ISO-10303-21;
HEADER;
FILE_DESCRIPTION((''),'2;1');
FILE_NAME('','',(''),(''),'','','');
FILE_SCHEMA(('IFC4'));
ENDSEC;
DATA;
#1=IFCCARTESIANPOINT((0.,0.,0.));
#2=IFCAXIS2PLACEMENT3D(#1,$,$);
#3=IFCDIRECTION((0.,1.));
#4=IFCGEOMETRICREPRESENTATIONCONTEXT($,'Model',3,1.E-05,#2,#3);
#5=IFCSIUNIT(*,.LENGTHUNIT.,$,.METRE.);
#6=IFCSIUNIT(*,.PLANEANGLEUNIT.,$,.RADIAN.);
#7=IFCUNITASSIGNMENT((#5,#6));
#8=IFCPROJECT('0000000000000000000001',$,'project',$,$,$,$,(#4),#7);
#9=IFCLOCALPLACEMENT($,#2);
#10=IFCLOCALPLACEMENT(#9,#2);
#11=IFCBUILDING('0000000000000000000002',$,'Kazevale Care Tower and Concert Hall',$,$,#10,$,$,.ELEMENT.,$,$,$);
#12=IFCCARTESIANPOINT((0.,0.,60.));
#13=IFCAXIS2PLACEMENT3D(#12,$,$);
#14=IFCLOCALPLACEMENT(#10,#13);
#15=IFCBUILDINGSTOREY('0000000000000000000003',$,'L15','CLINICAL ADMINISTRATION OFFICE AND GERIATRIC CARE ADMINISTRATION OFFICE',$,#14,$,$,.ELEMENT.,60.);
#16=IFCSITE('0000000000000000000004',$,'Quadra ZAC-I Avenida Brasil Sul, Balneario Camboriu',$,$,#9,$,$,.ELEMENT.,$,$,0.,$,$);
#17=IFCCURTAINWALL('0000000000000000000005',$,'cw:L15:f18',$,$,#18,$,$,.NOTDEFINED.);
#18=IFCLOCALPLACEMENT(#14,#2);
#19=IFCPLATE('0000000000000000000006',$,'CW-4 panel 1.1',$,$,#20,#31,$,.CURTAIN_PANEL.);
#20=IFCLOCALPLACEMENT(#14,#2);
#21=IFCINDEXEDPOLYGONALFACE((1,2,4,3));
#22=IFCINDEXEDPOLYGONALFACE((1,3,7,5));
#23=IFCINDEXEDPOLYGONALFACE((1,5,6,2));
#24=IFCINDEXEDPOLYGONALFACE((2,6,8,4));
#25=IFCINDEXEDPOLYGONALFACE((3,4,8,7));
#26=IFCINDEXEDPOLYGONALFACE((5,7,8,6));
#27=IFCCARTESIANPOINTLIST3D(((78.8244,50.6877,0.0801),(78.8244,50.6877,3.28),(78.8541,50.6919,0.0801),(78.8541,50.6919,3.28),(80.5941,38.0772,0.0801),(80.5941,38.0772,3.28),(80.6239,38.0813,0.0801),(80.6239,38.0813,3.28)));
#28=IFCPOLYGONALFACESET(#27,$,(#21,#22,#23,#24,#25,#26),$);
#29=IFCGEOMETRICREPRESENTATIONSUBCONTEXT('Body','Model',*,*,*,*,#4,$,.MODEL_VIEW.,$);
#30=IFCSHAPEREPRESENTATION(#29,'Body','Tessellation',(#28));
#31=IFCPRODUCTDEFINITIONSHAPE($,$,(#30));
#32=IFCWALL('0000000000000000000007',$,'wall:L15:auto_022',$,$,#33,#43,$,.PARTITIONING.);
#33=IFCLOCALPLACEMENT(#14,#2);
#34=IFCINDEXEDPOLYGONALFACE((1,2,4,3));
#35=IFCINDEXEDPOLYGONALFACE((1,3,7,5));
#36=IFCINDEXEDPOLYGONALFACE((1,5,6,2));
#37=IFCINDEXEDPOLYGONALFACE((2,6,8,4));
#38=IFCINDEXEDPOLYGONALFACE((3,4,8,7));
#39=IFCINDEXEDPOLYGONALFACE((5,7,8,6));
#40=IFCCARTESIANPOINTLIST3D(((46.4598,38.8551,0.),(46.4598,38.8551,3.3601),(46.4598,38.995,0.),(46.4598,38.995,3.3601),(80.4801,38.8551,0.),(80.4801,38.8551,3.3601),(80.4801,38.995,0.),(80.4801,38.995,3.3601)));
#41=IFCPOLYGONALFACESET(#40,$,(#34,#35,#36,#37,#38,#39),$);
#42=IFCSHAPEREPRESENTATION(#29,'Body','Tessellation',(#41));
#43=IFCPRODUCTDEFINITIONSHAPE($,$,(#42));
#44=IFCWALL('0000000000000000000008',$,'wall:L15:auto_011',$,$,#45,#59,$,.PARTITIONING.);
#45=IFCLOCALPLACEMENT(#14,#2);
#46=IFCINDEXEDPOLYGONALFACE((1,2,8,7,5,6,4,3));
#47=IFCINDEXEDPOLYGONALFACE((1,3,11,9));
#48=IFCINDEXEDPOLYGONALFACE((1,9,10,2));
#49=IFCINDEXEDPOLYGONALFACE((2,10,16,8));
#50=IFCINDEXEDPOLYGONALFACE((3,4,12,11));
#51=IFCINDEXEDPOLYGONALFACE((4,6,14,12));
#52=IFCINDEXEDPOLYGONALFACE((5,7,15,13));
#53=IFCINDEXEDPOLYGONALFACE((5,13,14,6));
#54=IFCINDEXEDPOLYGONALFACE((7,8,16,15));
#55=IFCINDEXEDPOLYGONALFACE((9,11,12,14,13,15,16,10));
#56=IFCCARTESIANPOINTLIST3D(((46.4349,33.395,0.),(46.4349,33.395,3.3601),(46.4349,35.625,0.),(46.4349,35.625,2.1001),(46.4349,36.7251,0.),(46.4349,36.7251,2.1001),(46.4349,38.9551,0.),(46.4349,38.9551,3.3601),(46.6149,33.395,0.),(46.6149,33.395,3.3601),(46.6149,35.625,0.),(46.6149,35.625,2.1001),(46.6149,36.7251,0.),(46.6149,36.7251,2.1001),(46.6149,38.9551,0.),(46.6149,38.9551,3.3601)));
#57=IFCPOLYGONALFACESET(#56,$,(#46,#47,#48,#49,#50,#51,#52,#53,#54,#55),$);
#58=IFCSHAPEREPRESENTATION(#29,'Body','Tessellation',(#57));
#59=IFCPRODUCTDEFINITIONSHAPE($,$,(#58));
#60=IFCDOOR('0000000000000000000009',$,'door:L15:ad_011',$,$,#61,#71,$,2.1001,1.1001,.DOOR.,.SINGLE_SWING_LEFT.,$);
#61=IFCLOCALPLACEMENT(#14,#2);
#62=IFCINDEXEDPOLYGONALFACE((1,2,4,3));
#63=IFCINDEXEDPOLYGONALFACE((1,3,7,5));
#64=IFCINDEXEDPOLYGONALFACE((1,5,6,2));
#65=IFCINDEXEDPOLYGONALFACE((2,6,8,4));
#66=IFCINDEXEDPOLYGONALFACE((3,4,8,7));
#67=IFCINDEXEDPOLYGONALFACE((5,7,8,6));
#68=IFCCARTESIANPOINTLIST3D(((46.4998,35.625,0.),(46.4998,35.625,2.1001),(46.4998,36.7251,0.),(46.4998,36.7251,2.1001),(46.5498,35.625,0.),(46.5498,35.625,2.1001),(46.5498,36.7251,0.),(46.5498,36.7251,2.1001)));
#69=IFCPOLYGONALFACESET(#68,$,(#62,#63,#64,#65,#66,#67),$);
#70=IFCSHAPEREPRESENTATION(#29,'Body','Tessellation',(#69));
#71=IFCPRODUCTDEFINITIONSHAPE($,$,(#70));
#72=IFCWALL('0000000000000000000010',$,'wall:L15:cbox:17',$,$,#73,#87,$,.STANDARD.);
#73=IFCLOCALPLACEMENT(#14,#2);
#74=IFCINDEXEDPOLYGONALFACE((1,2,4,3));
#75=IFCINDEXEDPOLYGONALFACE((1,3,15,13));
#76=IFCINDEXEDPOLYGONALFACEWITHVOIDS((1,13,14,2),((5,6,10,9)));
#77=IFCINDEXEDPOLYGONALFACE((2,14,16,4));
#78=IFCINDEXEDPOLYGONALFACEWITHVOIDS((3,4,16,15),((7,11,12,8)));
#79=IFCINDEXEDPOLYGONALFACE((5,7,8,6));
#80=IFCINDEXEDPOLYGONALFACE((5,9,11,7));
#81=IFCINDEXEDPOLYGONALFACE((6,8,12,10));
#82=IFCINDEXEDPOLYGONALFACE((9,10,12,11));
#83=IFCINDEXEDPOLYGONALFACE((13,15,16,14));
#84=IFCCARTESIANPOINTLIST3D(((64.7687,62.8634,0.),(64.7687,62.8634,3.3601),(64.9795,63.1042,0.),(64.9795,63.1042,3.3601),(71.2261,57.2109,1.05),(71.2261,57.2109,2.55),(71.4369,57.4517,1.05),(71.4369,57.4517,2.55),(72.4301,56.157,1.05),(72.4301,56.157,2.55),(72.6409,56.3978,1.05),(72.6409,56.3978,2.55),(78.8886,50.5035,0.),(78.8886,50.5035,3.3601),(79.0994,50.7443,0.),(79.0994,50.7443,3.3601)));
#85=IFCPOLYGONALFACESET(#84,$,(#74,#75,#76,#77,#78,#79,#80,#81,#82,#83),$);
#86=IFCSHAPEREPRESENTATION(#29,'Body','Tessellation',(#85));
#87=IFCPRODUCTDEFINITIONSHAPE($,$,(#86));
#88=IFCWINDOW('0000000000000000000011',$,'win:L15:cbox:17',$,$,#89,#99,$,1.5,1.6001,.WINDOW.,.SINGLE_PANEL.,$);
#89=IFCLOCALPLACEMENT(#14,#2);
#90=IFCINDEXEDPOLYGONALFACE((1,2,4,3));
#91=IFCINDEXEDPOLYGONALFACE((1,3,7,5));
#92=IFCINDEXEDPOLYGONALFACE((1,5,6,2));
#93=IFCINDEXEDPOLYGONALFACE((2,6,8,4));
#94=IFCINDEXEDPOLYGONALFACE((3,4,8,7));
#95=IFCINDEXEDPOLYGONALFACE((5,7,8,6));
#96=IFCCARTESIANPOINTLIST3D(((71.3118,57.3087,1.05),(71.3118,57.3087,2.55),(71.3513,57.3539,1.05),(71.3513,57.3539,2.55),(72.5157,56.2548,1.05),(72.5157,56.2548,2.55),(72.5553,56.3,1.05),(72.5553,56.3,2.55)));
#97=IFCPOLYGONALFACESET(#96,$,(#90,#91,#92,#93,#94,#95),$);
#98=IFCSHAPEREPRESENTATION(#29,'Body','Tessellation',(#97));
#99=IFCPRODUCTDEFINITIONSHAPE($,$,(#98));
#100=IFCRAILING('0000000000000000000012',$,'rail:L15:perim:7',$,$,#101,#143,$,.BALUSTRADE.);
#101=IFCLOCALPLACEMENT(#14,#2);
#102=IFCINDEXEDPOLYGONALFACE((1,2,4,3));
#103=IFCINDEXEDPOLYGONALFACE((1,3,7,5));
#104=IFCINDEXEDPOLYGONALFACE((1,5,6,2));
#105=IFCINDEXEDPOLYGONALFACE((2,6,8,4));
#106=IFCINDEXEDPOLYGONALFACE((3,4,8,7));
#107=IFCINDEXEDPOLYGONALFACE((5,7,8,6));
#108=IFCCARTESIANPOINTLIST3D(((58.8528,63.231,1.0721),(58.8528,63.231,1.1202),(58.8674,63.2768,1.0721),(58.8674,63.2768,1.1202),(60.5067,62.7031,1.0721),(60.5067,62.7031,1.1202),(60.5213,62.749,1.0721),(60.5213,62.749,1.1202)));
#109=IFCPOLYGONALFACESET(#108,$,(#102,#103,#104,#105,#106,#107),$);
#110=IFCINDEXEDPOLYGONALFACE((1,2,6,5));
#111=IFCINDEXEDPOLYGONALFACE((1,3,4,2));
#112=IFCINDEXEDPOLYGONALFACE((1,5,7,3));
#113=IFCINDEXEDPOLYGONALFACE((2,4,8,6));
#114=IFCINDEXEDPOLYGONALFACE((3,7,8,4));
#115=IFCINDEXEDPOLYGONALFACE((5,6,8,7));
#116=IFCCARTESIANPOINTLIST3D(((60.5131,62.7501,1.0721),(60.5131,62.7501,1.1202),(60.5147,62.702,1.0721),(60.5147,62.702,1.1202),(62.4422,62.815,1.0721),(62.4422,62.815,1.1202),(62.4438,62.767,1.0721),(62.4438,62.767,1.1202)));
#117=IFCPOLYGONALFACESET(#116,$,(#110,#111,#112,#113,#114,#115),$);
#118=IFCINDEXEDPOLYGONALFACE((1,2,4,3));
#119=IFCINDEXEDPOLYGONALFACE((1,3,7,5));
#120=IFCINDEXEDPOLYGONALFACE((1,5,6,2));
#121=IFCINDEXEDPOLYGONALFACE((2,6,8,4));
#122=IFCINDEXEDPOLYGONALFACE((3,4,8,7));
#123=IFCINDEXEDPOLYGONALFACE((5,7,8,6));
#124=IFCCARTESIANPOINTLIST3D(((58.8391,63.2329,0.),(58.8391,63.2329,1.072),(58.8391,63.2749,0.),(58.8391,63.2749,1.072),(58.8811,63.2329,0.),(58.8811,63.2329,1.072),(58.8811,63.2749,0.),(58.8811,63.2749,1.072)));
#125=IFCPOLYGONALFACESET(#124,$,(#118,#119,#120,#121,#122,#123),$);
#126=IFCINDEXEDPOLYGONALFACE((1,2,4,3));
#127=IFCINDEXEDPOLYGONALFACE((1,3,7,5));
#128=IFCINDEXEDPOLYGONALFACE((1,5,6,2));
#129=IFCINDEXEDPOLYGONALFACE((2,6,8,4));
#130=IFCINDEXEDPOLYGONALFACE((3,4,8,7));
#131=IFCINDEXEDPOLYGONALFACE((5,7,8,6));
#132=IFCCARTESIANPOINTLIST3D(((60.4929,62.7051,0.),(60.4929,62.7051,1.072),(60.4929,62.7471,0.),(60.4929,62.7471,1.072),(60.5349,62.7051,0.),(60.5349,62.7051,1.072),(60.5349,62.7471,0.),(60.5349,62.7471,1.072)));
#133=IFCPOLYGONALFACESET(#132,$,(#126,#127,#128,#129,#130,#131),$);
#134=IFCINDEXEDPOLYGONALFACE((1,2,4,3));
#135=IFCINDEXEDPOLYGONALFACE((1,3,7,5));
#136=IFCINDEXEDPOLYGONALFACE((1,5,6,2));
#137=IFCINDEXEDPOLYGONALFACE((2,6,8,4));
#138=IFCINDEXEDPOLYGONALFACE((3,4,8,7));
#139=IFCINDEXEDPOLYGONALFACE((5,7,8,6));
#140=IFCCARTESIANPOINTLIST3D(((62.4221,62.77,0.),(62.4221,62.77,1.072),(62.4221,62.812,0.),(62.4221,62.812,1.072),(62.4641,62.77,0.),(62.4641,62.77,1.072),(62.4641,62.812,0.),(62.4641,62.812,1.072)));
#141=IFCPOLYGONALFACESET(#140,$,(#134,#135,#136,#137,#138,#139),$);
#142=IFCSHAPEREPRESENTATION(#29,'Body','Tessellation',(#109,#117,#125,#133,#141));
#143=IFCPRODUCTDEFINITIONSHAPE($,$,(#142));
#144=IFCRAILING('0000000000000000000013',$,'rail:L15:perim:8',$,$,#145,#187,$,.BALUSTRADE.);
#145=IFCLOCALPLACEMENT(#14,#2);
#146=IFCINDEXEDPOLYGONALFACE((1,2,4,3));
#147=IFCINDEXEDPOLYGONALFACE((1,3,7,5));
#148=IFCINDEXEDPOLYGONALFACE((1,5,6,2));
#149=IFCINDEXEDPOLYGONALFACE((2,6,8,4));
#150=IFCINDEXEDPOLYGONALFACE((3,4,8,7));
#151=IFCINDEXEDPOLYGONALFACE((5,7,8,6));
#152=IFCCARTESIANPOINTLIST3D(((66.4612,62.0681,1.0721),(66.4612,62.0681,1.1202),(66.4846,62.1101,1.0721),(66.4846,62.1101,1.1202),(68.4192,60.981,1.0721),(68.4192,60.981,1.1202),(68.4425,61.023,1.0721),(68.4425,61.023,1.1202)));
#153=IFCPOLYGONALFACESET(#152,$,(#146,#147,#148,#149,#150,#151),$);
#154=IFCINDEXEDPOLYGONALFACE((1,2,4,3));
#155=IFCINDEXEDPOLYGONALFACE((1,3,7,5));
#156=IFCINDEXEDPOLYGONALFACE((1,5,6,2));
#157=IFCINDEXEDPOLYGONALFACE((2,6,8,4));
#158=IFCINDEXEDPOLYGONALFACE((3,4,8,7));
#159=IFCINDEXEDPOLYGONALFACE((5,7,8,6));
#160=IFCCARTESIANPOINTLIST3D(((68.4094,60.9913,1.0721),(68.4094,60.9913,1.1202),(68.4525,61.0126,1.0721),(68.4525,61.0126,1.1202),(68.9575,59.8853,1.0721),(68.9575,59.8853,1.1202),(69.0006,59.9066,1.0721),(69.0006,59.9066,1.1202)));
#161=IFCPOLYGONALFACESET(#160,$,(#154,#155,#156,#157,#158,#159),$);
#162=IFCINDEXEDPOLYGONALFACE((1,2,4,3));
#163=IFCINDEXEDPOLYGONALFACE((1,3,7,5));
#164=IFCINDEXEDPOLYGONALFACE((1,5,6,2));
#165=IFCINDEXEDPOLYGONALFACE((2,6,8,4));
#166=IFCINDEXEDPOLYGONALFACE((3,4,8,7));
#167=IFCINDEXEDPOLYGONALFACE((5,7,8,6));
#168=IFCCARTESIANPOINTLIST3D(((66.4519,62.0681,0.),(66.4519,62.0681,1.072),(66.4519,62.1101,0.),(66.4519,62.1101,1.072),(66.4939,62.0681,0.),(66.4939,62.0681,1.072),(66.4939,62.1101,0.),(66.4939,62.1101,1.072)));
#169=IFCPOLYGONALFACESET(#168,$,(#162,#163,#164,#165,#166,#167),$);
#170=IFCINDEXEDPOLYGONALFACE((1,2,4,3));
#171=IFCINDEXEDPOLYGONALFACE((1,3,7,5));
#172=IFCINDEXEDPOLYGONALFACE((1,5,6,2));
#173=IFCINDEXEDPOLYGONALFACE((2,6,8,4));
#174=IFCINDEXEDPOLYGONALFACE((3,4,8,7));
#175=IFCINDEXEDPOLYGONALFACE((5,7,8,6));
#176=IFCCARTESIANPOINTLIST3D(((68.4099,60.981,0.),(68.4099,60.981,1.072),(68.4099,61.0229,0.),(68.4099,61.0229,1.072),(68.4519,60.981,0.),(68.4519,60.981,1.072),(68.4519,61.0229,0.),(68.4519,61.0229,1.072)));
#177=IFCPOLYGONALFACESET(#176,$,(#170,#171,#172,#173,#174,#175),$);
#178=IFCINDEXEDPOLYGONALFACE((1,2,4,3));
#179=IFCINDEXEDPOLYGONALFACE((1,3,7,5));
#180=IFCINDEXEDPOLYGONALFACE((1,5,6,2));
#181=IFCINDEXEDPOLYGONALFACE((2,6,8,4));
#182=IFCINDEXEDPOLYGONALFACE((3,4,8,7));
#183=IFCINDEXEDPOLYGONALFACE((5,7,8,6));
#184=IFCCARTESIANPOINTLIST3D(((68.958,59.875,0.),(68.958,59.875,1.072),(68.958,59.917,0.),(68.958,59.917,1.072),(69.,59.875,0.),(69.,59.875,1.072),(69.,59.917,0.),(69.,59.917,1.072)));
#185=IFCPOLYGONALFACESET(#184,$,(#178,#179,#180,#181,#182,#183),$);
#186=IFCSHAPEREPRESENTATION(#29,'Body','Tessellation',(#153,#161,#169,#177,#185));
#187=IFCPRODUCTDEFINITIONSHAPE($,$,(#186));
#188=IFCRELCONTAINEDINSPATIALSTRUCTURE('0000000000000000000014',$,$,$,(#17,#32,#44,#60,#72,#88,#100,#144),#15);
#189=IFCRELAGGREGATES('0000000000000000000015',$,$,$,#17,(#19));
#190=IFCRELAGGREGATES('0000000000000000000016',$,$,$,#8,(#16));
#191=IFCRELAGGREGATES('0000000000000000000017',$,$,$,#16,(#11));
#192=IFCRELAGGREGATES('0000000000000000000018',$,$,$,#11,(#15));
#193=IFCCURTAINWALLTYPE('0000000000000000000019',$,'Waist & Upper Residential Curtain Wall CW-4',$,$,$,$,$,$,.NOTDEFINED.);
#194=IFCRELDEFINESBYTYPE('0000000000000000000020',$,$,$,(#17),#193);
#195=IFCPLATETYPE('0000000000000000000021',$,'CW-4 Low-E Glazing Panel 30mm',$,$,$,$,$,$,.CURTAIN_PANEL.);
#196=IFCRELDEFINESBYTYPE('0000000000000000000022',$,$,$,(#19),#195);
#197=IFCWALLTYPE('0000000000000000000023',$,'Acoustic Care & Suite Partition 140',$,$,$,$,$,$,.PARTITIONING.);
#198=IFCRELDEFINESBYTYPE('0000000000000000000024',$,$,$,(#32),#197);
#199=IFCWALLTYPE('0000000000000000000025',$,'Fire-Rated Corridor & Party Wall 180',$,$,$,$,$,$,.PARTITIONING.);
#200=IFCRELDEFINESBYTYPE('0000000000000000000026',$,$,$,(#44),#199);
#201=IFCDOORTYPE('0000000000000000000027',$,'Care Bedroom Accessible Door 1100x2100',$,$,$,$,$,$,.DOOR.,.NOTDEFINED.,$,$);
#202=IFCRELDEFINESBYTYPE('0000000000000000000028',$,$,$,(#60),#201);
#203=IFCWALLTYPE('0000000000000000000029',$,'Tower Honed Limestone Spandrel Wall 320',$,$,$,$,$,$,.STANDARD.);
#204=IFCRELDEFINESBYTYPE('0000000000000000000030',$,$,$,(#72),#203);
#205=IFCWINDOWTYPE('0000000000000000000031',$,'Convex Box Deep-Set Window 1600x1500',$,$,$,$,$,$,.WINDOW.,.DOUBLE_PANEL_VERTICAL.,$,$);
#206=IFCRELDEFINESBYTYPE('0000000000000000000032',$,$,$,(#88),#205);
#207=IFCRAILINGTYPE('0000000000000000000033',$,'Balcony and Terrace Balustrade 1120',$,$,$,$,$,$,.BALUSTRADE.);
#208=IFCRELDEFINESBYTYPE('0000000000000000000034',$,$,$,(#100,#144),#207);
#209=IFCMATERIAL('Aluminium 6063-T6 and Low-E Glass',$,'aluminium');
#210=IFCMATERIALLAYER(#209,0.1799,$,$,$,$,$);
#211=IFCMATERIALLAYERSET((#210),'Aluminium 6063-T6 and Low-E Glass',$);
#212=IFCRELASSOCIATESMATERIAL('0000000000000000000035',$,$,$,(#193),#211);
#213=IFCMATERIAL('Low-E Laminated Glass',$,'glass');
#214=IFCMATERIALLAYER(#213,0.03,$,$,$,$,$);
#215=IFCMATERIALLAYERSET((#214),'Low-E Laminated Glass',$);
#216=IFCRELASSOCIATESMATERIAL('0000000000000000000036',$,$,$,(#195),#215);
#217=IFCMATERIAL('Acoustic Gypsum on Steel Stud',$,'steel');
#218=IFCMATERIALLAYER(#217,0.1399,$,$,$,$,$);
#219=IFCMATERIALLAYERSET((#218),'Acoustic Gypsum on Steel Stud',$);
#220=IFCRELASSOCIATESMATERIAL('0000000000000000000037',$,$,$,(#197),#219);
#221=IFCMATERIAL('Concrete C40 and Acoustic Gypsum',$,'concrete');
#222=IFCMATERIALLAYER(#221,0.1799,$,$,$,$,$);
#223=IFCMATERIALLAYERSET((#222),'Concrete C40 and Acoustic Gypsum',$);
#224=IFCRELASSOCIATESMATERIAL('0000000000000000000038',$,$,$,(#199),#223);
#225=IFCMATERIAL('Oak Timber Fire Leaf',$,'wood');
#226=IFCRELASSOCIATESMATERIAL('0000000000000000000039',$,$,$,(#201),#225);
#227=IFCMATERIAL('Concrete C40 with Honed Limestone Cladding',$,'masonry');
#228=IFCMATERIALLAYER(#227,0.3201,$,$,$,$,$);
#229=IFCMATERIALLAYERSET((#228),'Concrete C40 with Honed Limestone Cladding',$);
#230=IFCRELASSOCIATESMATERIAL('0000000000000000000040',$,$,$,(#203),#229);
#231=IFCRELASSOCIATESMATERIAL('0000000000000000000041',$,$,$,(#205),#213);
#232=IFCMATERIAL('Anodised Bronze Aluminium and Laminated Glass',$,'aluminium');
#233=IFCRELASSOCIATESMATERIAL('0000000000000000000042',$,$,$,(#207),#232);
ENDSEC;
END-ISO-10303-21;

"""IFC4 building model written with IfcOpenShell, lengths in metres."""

from ifc_helpers import new_model, si_unit, direction, frame, frame_2d, origin, origin_2d, place, context, subcontext, project, spatial, rectangle, extrude, material, layer, layer_set, type_object, element, fill, aggregate, save


model = new_model("IFC4")

# Units and contexts
model_context = context("Model", 3, precision=1e-05, world=origin(), true_north=direction((0.0, 1.0)))
body_context = subcontext(model_context, "Body", "Model", "MODEL_VIEW")
ifc_project = project(units=[si_unit("LENGTHUNIT", "METRE"), si_unit("PLANEANGLEUNIT", "RADIAN")], contexts=[model_context])

# Site, building, storey
site_placement = place(None, origin())
site = spatial("IfcSite", under=ifc_project, at=site_placement, Name="Quadra ZAC-I Avenida Brasil Sul, Balneario Camboriu", CompositionType="ELEMENT", RefElevation=0.0)
building_placement = place(site_placement, origin())
building = spatial("IfcBuilding", under=site, at=building_placement, Name="Kazevale Care Tower and Concert Hall", CompositionType="ELEMENT")
storey_placement = place(building_placement, frame((0.0, 0.0, 60.0)))
storey = spatial("IfcBuildingStorey", under=building, at=storey_placement, Name="L15", Description="CLINICAL ADMINISTRATION OFFICE AND GERIATRIC CARE ADMINISTRATION OFFICE", CompositionType="ELEMENT", Elevation=60.0)

# Shared definitions
ifc_material_1 = material(Name="Aluminium 6063-T6 and Low-E Glass", Category="aluminium")
ifc_layer_1 = layer(ifc_material_1, 0.1799)
ifc_layer_set_1 = layer_set([ifc_layer_1], Name="Aluminium 6063-T6 and Low-E Glass")
curtain_wall_type_1 = type_object("IfcCurtainWallType", Name="Waist & Upper Residential Curtain Wall CW-4", PredefinedType="NOTDEFINED", material=ifc_layer_set_1)

# Curtain wall
curtain_wall_1_placement = place(storey_placement, origin())
curtain_wall_1 = element("IfcCurtainWall", 1, at=curtain_wall_1_placement, inside=storey, type_object=curtain_wall_type_1, Name="cw:L15:f18", PredefinedType="NOTDEFINED")

# Plate
ifc_material_2 = material(Name="Low-E Laminated Glass", Category="glass")
ifc_layer_2 = layer(ifc_material_2, 0.03)
ifc_layer_set_2 = layer_set([ifc_layer_2], Name="Low-E Laminated Glass")
plate_type_1 = type_object("IfcPlateType", Name="CW-4 Low-E Glazing Panel 30mm", PredefinedType="CURTAIN_PANEL", material=ifc_layer_set_2)
plate_1_placement = place(storey_placement, frame((79.7241, 44.3845, 0.0801), z_axis=(0.0, 0.0, 1.0), x_axis=(0.138978, -0.990295, 0.0)))
plate_1 = element("IfcPlate", 2, at=plate_1_placement, type_object=plate_type_1, Name="CW-4 panel 1.1", PredefinedType="CURTAIN_PANEL", context=body_context, shape_type="SweptSolid", body=[
    extrude(rectangle(XDim=12.7341, YDim=0.03, at=origin_2d()), origin(), (0.0, 0.0, 1.0), 3.2),
])
aggregate(curtain_wall_1, [plate_1])

# Wall
ifc_material_3 = material(Name="Acoustic Gypsum on Steel Stud", Category="steel")
ifc_layer_3 = layer(ifc_material_3, 0.1399)
ifc_layer_set_3 = layer_set([ifc_layer_3], Name="Acoustic Gypsum on Steel Stud")
wall_type_1 = type_object("IfcWallType", Name="Acoustic Care & Suite Partition 140", PredefinedType="PARTITIONING", material=ifc_layer_set_3)
wall_1_placement = place(storey_placement, frame((80.4802, 38.925, 0.0), z_axis=(0.0, 0.0, 1.0), x_axis=(-1.0, 0.0, 0.0)))
element("IfcWall", 3, at=wall_1_placement, inside=storey, type_object=wall_type_1, Name="wall:L15:auto_022", PredefinedType="PARTITIONING", context=body_context, shape_type="SweptSolid", body=[
    extrude(rectangle(XDim=34.0203, YDim=0.1399, at=frame_2d((17.0103, 0.0))), origin(), (0.0, 0.0, 1.0), 3.3601),
])

# Wall, opening, door
ifc_material_4 = material(Name="Concrete C40 and Acoustic Gypsum", Category="concrete")
ifc_layer_4 = layer(ifc_material_4, 0.1799)
ifc_layer_set_4 = layer_set([ifc_layer_4], Name="Concrete C40 and Acoustic Gypsum")
wall_type_2 = type_object("IfcWallType", Name="Fire-Rated Corridor & Party Wall 180", PredefinedType="PARTITIONING", material=ifc_layer_set_4)
wall_2_placement = place(storey_placement, frame((46.5249, 38.9551, 0.0), z_axis=(0.0, 0.0, 1.0), x_axis=(0.0, -1.0, 0.0)))
wall_2 = element("IfcWall", 4, at=wall_2_placement, inside=storey, type_object=wall_type_2, Name="wall:L15:auto_011", PredefinedType="PARTITIONING", context=body_context, shape_type="SweptSolid", body=[
    extrude(rectangle(XDim=5.5601, YDim=0.1799, at=frame_2d((2.78, 0.0))), origin(), (0.0, 0.0, 1.0), 3.3601),
])
opening_1_placement = place(wall_2_placement, frame((2.23, 0.0, 0.0)))
opening_1 = element("IfcOpeningElement", 5, at=opening_1_placement, cuts=wall_2, PredefinedType="OPENING", context=body_context, shape_type="SweptSolid", body=[
    extrude(rectangle(XDim=1.1001, YDim=2.1001, at=frame_2d((0.55, 1.05))), frame((0.0, 0.0999, 0.0), z_axis=(0.0, -1.0, 0.0), x_axis=(1.0, 0.0, 0.0)), (0.0, 0.0, 1.0), 0.2),
])
ifc_material_5 = material(Name="Oak Timber Fire Leaf", Category="wood")
door_type = type_object("IfcDoorType", Name="Care Bedroom Accessible Door 1100x2100", OperationType="NOTDEFINED", PredefinedType="DOOR", material=ifc_material_5)
door_placement = place(opening_1_placement, origin())
door = element("IfcDoor", 6, at=door_placement, inside=storey, type_object=door_type, Name="door:L15:ad_011", OperationType="SINGLE_SWING_LEFT", OverallHeight=2.1001, OverallWidth=1.1001, PredefinedType="DOOR", context=body_context, shape_type="SweptSolid", body=[
    extrude(rectangle(XDim=1.1001, YDim=2.1001, at=frame_2d((0.55, 1.05))), frame((0.0, 0.0249, 0.0), z_axis=(0.0, -1.0, 0.0), x_axis=(1.0, 0.0, 0.0)), (0.0, 0.0, 1.0), 0.05),
])
fill(opening_1, door)

# Wall, opening, window
ifc_material_6 = material(Name="Concrete C40 with Honed Limestone Cladding", Category="masonry")
ifc_layer_5 = layer(ifc_material_6, 0.3201)
ifc_layer_set_5 = layer_set([ifc_layer_5], Name="Concrete C40 with Honed Limestone Cladding")
wall_type_3 = type_object("IfcWallType", Name="Tower Honed Limestone Spandrel Wall 320", PredefinedType="STANDARD", material=ifc_layer_set_5)
wall_3_placement = place(storey_placement, frame((64.874, 62.9839, 0.0), z_axis=(0.0, 0.0, 1.0), x_axis=(0.752445, -0.658655, 0.0)))
wall_3 = element("IfcWall", 7, at=wall_3_placement, inside=storey, type_object=wall_type_3, Name="wall:L15:cbox:17", PredefinedType="STANDARD", context=body_context, shape_type="SweptSolid", body=[
    extrude(rectangle(XDim=18.7654, YDim=0.3201, at=frame_2d((9.3828, 0.0))), origin(), (0.0, 0.0, 1.0), 3.3601),
])
opening_2_placement = place(wall_3_placement, frame((8.582, 0.0, 1.05)))
opening_2 = element("IfcOpeningElement", 8, at=opening_2_placement, cuts=wall_3, PredefinedType="OPENING", context=body_context, shape_type="SweptSolid", body=[
    extrude(rectangle(XDim=1.6001, YDim=1.5, at=frame_2d((0.8, 0.75))), frame((0.0, 0.1699, 0.0), z_axis=(0.0, -1.0, 0.0), x_axis=(1.0, 0.0, 0.0)), (0.0, 0.0, 1.0), 0.3401),
])
window_type = type_object("IfcWindowType", Name="Convex Box Deep-Set Window 1600x1500", PartitioningType="DOUBLE_PANEL_VERTICAL", PredefinedType="WINDOW", material=ifc_material_2)
window_placement = place(opening_2_placement, origin())
window = element("IfcWindow", 9, at=window_placement, inside=storey, type_object=window_type, Name="win:L15:cbox:17", OverallHeight=1.5, OverallWidth=1.6001, PartitioningType="SINGLE_PANEL", PredefinedType="WINDOW", context=body_context, shape_type="SweptSolid", body=[
    extrude(rectangle(XDim=1.6001, YDim=1.5, at=frame_2d((0.8, 0.75))), frame((0.0, 0.03, 0.0), z_axis=(0.0, -1.0, 0.0), x_axis=(1.0, 0.0, 0.0)), (0.0, 0.0, 1.0), 0.0601),
])
fill(opening_2, window)

# Railings
ifc_material_7 = material(Name="Anodised Bronze Aluminium and Laminated Glass", Category="aluminium")
railing_type = type_object("IfcRailingType", Name="Balcony and Terrace Balustrade 1120", PredefinedType="BALUSTRADE", material=ifc_material_7)
railing_1_placement = place(storey_placement, frame((58.8601, 63.2539, 0.0)))
element("IfcRailing", 10, at=railing_1_placement, inside=storey, type_object=railing_type, Name="rail:L15:perim:7", PredefinedType="BALUSTRADE", context=body_context, shape_type="SweptSolid", body=[
    extrude(rectangle(XDim=0.0481, YDim=0.0481, at=origin_2d()), frame((0.0, 0.0, 1.0962), z_axis=(0.952656, -0.304051, 0.0), x_axis=(0.304051, 0.952656, 0.0)), (0.0, 0.0, 1.0), 1.7361),
    extrude(rectangle(XDim=0.0481, YDim=0.0481, at=origin_2d()), frame((1.6538, -0.5278, 1.0962), z_axis=(0.999434, 0.033643, 0.0), x_axis=(-0.033643, 0.999434, 0.0)), (0.0, 0.0, 1.0), 1.9302),
    extrude(rectangle(XDim=0.042, YDim=0.042, at=origin_2d()), origin(), (0.0, 0.0, 1.0), 1.072),
    extrude(rectangle(XDim=0.042, YDim=0.042, at=origin_2d()), frame((1.6538, -0.5278, 0.0)), (0.0, 0.0, 1.0), 1.072),
    extrude(rectangle(XDim=0.042, YDim=0.042, at=origin_2d()), frame((3.583, -0.4629, 0.0)), (0.0, 0.0, 1.0), 1.072),
])
railing_2_placement = place(storey_placement, frame((66.4729, 62.0891, 0.0)))
element("IfcRailing", 11, at=railing_2_placement, inside=storey, type_object=railing_type, Name="rail:L15:perim:8", PredefinedType="BALUSTRADE", context=body_context, shape_type="SweptSolid", body=[
    extrude(rectangle(XDim=0.0481, YDim=0.0481, at=origin_2d()), frame((0.0, 0.0, 1.0962), z_axis=(0.874276, -0.48543, 0.0), x_axis=(0.48543, 0.874276, 0.0)), (0.0, 0.0, 1.0), 2.2395),
    extrude(rectangle(XDim=0.0481, YDim=0.0481, at=origin_2d()), frame((1.958, -1.0872, 1.0962), z_axis=(0.444046, -0.896004, 0.0), x_axis=(0.896004, 0.444046, 0.0)), (0.0, 0.0, 1.0), 1.2344),
    extrude(rectangle(XDim=0.042, YDim=0.042, at=origin_2d()), origin(), (0.0, 0.0, 1.0), 1.072),
    extrude(rectangle(XDim=0.042, YDim=0.042, at=origin_2d()), frame((1.958, -1.0872, 0.0)), (0.0, 0.0, 1.0), 1.072),
    extrude(rectangle(XDim=0.042, YDim=0.042, at=origin_2d()), frame((2.5061, -2.1931, 0.0)), (0.0, 0.0, 1.0), 1.072),
])

save(model, "model.ifc")
